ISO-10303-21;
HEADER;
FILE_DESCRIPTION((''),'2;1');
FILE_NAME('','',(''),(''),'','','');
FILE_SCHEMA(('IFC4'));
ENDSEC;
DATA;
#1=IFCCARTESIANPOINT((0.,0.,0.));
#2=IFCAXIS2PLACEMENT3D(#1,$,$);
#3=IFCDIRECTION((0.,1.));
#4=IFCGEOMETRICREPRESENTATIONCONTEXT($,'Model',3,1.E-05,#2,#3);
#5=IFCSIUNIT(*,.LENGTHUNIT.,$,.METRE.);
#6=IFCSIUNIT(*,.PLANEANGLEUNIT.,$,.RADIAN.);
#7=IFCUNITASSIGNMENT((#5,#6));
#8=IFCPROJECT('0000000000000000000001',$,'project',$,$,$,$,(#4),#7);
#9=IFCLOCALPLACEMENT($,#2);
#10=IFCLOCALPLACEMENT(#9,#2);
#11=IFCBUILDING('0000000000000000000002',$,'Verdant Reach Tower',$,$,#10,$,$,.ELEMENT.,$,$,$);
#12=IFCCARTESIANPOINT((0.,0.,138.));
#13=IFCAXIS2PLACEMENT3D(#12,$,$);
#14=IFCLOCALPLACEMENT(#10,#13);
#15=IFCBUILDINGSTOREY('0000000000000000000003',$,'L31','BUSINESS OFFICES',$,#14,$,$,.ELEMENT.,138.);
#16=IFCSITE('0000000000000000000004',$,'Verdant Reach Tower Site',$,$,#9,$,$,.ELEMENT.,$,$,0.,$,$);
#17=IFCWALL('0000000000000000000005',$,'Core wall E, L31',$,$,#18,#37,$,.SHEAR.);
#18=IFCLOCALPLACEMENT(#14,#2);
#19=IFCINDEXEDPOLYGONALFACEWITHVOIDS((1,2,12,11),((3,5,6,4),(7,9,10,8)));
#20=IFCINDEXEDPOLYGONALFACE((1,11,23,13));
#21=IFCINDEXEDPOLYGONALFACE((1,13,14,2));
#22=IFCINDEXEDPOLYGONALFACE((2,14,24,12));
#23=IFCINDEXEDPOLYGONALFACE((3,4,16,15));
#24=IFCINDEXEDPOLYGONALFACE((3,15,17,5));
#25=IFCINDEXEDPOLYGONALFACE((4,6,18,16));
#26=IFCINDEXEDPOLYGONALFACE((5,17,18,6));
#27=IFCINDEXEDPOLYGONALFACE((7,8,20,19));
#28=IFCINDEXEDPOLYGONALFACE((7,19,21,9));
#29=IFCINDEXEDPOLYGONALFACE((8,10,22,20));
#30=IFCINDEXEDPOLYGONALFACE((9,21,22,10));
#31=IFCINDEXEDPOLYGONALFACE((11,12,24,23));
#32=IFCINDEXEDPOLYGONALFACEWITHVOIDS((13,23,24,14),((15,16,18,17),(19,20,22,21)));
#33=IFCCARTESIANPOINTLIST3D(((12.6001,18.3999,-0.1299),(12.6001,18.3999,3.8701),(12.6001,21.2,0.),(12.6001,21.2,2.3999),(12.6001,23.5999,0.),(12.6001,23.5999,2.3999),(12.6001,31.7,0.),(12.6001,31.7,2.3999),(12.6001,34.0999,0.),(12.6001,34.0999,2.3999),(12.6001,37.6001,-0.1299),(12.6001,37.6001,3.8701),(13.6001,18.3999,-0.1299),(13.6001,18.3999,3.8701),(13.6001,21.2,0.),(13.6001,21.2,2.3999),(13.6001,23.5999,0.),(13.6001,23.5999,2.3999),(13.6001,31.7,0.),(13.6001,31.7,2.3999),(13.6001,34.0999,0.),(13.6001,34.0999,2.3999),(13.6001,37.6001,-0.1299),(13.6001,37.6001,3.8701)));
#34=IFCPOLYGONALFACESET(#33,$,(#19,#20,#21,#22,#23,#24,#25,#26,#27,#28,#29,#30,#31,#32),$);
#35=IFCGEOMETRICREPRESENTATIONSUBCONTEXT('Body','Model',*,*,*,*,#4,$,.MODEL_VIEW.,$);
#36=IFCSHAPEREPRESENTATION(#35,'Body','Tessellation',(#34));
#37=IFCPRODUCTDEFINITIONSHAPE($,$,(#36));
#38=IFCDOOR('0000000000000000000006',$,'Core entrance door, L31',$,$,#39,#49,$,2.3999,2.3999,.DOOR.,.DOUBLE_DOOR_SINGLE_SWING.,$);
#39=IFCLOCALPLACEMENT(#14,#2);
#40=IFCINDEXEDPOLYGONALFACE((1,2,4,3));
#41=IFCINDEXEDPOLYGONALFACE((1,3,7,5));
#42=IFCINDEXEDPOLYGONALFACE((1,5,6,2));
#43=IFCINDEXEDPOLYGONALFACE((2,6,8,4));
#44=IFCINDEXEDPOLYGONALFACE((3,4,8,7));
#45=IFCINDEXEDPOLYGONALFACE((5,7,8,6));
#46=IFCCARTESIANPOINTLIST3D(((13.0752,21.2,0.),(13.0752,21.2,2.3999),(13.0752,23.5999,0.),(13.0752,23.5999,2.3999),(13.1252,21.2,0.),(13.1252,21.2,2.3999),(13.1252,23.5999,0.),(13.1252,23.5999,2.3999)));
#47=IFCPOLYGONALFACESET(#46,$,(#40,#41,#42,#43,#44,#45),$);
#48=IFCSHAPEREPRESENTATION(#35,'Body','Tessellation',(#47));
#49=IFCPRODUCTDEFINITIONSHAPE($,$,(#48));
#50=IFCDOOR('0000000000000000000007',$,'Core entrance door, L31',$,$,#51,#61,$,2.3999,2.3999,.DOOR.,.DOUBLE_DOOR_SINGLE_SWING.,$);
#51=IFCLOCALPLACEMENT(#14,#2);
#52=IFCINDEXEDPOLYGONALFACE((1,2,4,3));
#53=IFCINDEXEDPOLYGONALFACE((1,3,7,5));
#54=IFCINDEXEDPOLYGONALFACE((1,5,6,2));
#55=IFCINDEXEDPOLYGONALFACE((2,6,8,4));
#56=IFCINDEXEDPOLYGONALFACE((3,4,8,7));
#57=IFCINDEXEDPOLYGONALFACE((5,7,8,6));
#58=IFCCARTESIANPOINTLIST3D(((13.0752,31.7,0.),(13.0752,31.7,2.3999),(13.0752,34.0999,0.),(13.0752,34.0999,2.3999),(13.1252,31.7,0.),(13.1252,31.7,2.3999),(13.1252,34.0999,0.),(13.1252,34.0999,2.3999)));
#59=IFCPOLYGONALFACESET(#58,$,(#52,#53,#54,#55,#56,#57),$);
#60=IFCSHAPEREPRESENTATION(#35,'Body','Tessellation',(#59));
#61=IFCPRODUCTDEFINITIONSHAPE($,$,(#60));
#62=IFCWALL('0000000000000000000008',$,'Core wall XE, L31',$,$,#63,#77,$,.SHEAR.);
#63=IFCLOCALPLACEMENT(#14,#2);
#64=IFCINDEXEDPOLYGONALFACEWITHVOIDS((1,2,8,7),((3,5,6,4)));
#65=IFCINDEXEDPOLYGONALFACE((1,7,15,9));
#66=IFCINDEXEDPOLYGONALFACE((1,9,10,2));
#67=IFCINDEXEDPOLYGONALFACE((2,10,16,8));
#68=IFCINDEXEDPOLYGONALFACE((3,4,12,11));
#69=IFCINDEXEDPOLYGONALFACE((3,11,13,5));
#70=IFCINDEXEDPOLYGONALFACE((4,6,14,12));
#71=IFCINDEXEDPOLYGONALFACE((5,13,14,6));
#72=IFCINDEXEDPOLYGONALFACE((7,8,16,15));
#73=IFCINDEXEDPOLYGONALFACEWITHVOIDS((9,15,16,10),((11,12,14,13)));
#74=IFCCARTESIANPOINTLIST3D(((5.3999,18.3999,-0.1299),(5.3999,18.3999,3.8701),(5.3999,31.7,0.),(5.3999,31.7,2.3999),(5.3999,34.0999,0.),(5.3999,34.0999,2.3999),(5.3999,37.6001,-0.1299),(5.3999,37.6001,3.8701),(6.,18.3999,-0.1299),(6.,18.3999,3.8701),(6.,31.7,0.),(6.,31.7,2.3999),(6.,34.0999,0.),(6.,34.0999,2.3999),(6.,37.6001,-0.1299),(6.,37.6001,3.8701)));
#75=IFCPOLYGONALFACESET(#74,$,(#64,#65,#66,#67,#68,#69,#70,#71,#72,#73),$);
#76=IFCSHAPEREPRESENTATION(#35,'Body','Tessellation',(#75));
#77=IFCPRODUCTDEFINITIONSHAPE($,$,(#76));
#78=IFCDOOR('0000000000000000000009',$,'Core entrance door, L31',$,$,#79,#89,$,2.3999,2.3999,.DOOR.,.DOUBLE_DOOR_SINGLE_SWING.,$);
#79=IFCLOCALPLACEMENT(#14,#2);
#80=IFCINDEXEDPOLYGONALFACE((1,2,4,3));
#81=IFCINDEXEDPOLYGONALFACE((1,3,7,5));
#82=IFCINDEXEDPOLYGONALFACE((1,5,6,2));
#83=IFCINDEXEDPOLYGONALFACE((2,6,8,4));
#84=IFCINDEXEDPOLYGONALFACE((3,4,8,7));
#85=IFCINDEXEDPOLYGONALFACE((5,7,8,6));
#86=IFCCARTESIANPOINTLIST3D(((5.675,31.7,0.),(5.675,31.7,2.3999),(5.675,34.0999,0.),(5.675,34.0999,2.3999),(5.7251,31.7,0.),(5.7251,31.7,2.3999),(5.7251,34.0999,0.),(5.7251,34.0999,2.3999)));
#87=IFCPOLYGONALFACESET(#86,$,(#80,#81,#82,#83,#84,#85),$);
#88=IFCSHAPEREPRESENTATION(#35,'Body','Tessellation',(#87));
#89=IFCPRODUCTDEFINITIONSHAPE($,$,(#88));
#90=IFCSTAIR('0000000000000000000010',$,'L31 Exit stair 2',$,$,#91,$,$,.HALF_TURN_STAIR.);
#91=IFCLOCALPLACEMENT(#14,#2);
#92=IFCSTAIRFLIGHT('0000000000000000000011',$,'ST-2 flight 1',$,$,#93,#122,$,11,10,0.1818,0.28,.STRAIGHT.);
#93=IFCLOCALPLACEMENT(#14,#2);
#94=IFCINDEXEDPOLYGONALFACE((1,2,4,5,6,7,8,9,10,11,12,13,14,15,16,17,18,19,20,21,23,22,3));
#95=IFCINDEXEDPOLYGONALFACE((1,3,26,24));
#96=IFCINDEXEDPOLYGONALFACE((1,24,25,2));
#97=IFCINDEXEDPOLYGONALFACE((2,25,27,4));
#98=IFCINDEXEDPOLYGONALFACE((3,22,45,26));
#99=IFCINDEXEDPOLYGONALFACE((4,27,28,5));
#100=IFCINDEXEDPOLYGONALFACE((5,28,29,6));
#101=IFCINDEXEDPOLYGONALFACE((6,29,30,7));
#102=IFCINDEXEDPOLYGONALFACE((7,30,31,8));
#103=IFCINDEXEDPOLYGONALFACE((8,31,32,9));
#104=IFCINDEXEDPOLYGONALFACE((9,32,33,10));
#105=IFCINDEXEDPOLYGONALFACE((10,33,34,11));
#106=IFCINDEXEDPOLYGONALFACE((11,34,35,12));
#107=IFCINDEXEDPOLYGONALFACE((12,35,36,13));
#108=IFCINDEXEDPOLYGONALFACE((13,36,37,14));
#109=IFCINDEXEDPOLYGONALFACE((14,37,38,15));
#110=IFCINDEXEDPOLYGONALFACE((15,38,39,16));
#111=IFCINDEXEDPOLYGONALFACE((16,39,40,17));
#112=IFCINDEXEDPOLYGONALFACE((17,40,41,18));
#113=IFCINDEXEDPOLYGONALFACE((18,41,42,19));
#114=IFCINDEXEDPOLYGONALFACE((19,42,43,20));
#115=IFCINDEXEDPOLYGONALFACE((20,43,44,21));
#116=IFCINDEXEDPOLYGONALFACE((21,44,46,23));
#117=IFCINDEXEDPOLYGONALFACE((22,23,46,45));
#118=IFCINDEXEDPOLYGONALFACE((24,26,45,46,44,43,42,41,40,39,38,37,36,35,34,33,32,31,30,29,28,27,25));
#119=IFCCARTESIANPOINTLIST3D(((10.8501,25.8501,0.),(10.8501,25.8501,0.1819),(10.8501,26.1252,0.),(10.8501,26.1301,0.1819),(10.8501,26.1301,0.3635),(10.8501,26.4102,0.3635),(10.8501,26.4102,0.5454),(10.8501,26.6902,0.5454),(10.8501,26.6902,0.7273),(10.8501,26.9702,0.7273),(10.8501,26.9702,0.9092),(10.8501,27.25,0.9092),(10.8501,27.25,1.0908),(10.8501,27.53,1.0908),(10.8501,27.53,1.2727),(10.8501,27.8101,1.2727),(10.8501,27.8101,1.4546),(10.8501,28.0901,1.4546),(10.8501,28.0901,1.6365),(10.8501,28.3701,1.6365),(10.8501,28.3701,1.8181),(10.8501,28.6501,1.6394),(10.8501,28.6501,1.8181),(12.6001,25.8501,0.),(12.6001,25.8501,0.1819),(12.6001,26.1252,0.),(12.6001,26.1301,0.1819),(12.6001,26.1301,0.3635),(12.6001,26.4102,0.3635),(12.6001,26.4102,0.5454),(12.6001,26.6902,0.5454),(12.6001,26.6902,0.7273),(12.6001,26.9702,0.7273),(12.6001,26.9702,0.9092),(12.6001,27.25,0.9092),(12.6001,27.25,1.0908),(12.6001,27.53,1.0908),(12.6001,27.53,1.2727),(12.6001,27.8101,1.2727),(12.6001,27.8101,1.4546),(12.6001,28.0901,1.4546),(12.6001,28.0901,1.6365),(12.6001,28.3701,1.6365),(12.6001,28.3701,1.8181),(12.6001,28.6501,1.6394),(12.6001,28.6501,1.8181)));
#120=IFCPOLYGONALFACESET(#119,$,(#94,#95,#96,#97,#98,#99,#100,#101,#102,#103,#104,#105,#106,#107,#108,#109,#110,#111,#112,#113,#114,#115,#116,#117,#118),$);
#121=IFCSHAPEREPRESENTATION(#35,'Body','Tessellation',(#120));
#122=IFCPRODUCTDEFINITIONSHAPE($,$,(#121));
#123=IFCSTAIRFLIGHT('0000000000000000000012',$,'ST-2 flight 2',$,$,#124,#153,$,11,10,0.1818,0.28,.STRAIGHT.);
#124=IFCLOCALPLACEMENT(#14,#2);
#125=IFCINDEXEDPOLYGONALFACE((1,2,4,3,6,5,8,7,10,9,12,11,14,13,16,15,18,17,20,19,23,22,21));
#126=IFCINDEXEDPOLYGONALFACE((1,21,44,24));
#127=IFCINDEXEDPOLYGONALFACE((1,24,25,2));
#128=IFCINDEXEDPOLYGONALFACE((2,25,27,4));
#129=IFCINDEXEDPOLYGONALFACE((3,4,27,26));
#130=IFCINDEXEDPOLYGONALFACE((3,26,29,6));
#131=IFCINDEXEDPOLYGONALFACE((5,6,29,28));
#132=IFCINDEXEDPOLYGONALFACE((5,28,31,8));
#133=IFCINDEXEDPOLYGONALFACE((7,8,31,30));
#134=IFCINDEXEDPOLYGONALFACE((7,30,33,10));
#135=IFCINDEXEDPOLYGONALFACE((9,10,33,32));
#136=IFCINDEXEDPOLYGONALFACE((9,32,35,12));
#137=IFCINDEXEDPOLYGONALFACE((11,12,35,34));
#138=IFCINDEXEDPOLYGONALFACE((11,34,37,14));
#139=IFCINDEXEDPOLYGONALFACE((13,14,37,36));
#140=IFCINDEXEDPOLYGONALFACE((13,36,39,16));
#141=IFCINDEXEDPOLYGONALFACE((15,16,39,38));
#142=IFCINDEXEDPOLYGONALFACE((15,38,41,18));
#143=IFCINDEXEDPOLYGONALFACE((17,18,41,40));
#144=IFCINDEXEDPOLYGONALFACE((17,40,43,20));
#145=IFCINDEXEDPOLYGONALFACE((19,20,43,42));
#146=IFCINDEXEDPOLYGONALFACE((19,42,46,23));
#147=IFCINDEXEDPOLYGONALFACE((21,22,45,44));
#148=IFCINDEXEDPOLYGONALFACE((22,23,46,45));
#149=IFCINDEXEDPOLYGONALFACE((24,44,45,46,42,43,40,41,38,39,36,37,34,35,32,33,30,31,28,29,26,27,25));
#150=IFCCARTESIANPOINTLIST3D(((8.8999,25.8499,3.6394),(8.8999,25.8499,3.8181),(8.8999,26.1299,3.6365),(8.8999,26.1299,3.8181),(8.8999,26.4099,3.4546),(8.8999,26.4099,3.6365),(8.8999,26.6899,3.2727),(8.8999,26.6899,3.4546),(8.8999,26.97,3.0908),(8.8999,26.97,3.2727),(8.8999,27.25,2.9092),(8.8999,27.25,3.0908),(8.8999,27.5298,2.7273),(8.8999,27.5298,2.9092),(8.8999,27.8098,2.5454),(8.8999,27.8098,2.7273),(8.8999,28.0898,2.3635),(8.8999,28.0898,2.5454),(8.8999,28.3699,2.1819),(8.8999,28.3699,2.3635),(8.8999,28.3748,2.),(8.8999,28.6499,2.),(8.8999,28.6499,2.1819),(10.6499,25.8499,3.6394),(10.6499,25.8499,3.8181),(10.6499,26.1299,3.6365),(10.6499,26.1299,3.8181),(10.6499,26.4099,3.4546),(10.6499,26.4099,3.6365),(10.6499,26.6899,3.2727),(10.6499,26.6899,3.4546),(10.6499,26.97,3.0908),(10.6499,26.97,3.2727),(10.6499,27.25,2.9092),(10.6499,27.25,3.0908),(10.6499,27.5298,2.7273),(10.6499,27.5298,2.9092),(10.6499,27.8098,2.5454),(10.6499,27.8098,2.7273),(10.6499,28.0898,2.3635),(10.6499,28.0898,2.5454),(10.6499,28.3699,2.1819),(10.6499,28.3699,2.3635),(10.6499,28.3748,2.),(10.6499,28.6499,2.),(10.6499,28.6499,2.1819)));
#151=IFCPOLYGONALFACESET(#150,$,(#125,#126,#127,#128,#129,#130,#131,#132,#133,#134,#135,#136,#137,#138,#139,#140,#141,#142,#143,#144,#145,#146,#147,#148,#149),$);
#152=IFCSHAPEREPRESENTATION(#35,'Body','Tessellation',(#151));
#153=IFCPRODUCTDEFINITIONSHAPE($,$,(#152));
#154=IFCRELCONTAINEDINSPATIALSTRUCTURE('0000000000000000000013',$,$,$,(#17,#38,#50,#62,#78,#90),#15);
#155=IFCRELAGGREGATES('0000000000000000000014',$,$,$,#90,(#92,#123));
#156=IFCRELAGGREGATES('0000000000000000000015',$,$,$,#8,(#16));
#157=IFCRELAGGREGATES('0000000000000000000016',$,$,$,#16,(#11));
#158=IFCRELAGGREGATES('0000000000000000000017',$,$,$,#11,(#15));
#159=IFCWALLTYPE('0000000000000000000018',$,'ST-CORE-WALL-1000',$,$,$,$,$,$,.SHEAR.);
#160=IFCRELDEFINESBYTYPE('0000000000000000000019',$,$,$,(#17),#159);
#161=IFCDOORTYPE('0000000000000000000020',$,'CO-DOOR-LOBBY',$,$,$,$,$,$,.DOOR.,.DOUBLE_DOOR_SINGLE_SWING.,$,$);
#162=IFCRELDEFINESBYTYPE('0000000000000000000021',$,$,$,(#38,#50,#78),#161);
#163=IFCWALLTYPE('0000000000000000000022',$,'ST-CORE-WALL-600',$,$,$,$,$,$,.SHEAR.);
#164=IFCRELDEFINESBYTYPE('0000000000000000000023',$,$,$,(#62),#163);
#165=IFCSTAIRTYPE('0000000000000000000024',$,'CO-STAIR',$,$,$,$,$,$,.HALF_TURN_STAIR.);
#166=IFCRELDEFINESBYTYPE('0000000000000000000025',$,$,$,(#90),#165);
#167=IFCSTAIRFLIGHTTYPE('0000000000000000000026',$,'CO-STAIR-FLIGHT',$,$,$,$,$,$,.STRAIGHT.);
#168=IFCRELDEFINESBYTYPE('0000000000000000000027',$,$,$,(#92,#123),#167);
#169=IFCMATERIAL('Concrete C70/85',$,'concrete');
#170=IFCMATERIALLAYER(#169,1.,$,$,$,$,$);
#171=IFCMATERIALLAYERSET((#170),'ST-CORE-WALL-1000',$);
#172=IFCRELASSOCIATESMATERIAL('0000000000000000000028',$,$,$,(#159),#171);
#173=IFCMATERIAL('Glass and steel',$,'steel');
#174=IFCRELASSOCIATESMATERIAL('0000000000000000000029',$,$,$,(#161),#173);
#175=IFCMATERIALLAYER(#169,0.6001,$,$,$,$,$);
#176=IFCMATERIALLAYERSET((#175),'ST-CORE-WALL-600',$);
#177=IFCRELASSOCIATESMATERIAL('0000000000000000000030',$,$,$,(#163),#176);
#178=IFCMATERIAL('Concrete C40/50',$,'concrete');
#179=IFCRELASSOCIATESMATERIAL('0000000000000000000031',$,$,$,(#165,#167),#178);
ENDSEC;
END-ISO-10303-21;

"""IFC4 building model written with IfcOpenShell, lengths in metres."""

from ifc_helpers import new_model, si_unit, direction, frame, frame_2d, origin, place, context, subcontext, project, spatial, polyline, rectangle, outline, extrude, material, layer, layer_set, type_object, element, fill, aggregate, save


model = new_model("IFC4")

# Units and contexts
model_context = context("Model", 3, precision=1e-05, world=origin(), true_north=direction((0.0, 1.0)))
body_context = subcontext(model_context, "Body", "Model", "MODEL_VIEW")
ifc_project = project(units=[si_unit("LENGTHUNIT", "METRE"), si_unit("PLANEANGLEUNIT", "RADIAN")], contexts=[model_context])

# Site, building, storey
site_placement = place(None, origin())
site = spatial("IfcSite", under=ifc_project, at=site_placement, Name="Verdant Reach Tower Site", CompositionType="ELEMENT", RefElevation=0.0)
building_placement = place(site_placement, origin())
building = spatial("IfcBuilding", under=site, at=building_placement, Name="Verdant Reach Tower", CompositionType="ELEMENT")
storey_placement = place(building_placement, frame((0.0, 0.0, 138.0)))
storey = spatial("IfcBuildingStorey", under=building, at=storey_placement, Name="L31", Description="BUSINESS OFFICES", CompositionType="ELEMENT", Elevation=138.0)

# Shared definitions
ifc_material_1 = material(Name="Concrete C40/50", Category="concrete")

# Wall, openings, doors
ifc_material_2 = material(Name="Concrete C70/85", Category="concrete")
ifc_layer_1 = layer(ifc_material_2, 1.0)
ifc_layer_set_1 = layer_set([ifc_layer_1], Name="ST-CORE-WALL-1000")
wall_type_1 = type_object("IfcWallType", Name="ST-CORE-WALL-1000", PredefinedType="SHEAR", material=ifc_layer_set_1)
wall_1_placement = place(storey_placement, frame((13.1001, 18.3999, -0.1299), z_axis=(0.0, 0.0, 1.0), x_axis=(0.0, 1.0, 0.0)))
wall_1 = element("IfcWall", 1, at=wall_1_placement, inside=storey, type_object=wall_type_1, Name="Core wall E, L31", PredefinedType="SHEAR", context=body_context, shape_type="SweptSolid", body=[
    extrude(rectangle(XDim=19.2002, YDim=1.0, at=frame_2d((9.6001, 0.0))), origin(), (0.0, 0.0, 1.0), 4.0),
])
opening_1_placement = place(wall_1_placement, frame((2.8, 0.0, 0.1299)))
opening_1 = element("IfcOpeningElement", 2, at=opening_1_placement, cuts=wall_1, PredefinedType="OPENING", context=body_context, shape_type="SweptSolid", body=[
    extrude(rectangle(XDim=2.3999, YDim=2.3999, at=frame_2d((1.2, 1.2))), frame((0.0, 0.51, 0.0), z_axis=(0.0, -1.0, 0.0), x_axis=(1.0, 0.0, 0.0)), (0.0, 0.0, 1.0), 1.02),
])
opening_2_placement = place(wall_1_placement, frame((13.3, 0.0, 0.1299)))
opening_2 = element("IfcOpeningElement", 3, at=opening_2_placement, cuts=wall_1, PredefinedType="OPENING", context=body_context, shape_type="SweptSolid", body=[
    extrude(rectangle(XDim=2.3999, YDim=2.3999, at=frame_2d((1.2, 1.2))), frame((0.0, 0.51, 0.0), z_axis=(0.0, -1.0, 0.0), x_axis=(1.0, 0.0, 0.0)), (0.0, 0.0, 1.0), 1.02),
])
ifc_material_3 = material(Name="Glass and steel", Category="steel")
door_type_1 = type_object("IfcDoorType", Name="CO-DOOR-LOBBY", OperationType="DOUBLE_DOOR_SINGLE_SWING", PredefinedType="DOOR", material=ifc_material_3)
door_1_placement = place(opening_1_placement, origin())
door_1 = element("IfcDoor", 4, at=door_1_placement, inside=storey, type_object=door_type_1, Name="Core entrance door, L31", OperationType="DOUBLE_DOOR_SINGLE_SWING", OverallHeight=2.3999, OverallWidth=2.3999, PredefinedType="DOOR", context=body_context, shape_type="SweptSolid", body=[
    extrude(rectangle(XDim=2.3999, YDim=2.3999, at=frame_2d((1.2, 1.2))), frame((0.0, 0.0249, 0.0), z_axis=(0.0, -1.0, 0.0), x_axis=(1.0, 0.0, 0.0)), (0.0, 0.0, 1.0), 0.05),
])
fill(opening_1, door_1)
door_2_placement = place(opening_2_placement, origin())
door_2 = element("IfcDoor", 5, at=door_2_placement, inside=storey, type_object=door_type_1, Name="Core entrance door, L31", OperationType="DOUBLE_DOOR_SINGLE_SWING", OverallHeight=2.3999, OverallWidth=2.3999, PredefinedType="DOOR", context=body_context, shape_type="SweptSolid", body=[
    extrude(rectangle(XDim=2.3999, YDim=2.3999, at=frame_2d((1.2, 1.2))), frame((0.0, 0.0249, 0.0), z_axis=(0.0, -1.0, 0.0), x_axis=(1.0, 0.0, 0.0)), (0.0, 0.0, 1.0), 0.05),
])
fill(opening_2, door_2)

# Wall, opening, door
ifc_layer_2 = layer(ifc_material_2, 0.6001)
ifc_layer_set_2 = layer_set([ifc_layer_2], Name="ST-CORE-WALL-600")
wall_type_2 = type_object("IfcWallType", Name="ST-CORE-WALL-600", PredefinedType="SHEAR", material=ifc_layer_set_2)
wall_2_placement = place(storey_placement, frame((5.7, 18.3999, -0.1299), z_axis=(0.0, 0.0, 1.0), x_axis=(0.0, 1.0, 0.0)))
wall_2 = element("IfcWall", 6, at=wall_2_placement, inside=storey, type_object=wall_type_2, Name="Core wall XE, L31", PredefinedType="SHEAR", context=body_context, shape_type="SweptSolid", body=[
    extrude(rectangle(XDim=19.2002, YDim=0.6001, at=frame_2d((9.6001, 0.0))), origin(), (0.0, 0.0, 1.0), 4.0),
])
opening_3_placement = place(wall_2_placement, frame((13.3, 0.0, 0.1299)))
opening_3 = element("IfcOpeningElement", 7, at=opening_3_placement, cuts=wall_2, PredefinedType="OPENING", context=body_context, shape_type="SweptSolid", body=[
    extrude(rectangle(XDim=2.3999, YDim=2.3999, at=frame_2d((1.2, 1.2))), frame((0.0, 0.3101, 0.0), z_axis=(0.0, -1.0, 0.0), x_axis=(1.0, 0.0, 0.0)), (0.0, 0.0, 1.0), 0.6201),
])
door_3_placement = place(opening_3_placement, origin())
door_3 = element("IfcDoor", 8, at=door_3_placement, inside=storey, type_object=door_type_1, Name="Core entrance door, L31", OperationType="DOUBLE_DOOR_SINGLE_SWING", OverallHeight=2.3999, OverallWidth=2.3999, PredefinedType="DOOR", context=body_context, shape_type="SweptSolid", body=[
    extrude(rectangle(XDim=2.3999, YDim=2.3999, at=frame_2d((1.2, 1.2))), frame((0.0, 0.0249, 0.0), z_axis=(0.0, -1.0, 0.0), x_axis=(1.0, 0.0, 0.0)), (0.0, 0.0, 1.0), 0.05),
])
fill(opening_3, door_3)

# Stair, stair flights
stair_type = type_object("IfcStairType", Name="CO-STAIR", PredefinedType="HALF_TURN_STAIR", material=ifc_material_1)
stair_placement = place(storey_placement, origin())
stair = element("IfcStair", 9, at=stair_placement, inside=storey, type_object=stair_type, Name="L31 Exit stair 2", PredefinedType="HALF_TURN_STAIR")
stair_flight_type = type_object("IfcStairFlightType", Name="CO-STAIR-FLIGHT", PredefinedType="STRAIGHT", material=ifc_material_1)
stair_flight_1_placement = place(storey_placement, frame((11.7251, 25.8501, 0.0), z_axis=(0.0, 0.0, 1.0), x_axis=(0.0, 1.0, 0.0)))
stair_flight_1 = element("IfcStairFlight", 10, at=stair_flight_1_placement, type_object=stair_flight_type, Name="ST-2 flight 1", NumberOfRisers=11, NumberOfTreads=10, PredefinedType="STRAIGHT", RiserHeight=0.1818, TreadLength=0.28, context=body_context, shape_type="SweptSolid", body=[
    extrude(outline(polyline([(0.0, 0.0), (0.0, 0.1819), (0.28, 0.1819), (0.28, 0.3635), (0.5601, 0.3635), (0.5601, 0.5454), (0.8401, 0.5454), (0.8401, 0.7273), (1.1201, 0.7273), (1.1201, 0.9092), (1.3999, 0.9092), (1.3999, 1.0908), (1.6799, 1.0908), (1.6799, 1.2727), (1.96, 1.2727), (1.96, 1.4546), (2.24, 1.4546), (2.24, 1.6365), (2.52, 1.6365), (2.52, 1.8181), (2.8, 1.8181), (2.8, 2.0), (2.8, 1.6394), (0.2751, 0.0), (0.0, 0.0)])), frame((0.0, 0.875, 0.0), z_axis=(0.0, -1.0, 0.0), x_axis=(1.0, 0.0, 0.0)), (0.0, 0.0, 1.0), 1.75),
])
stair_flight_2_placement = place(storey_placement, frame((9.7749, 28.6499, 2.0), z_axis=(0.0, 0.0, 1.0), x_axis=(0.0, -1.0, 0.0)))
stair_flight_2 = element("IfcStairFlight", 11, at=stair_flight_2_placement, type_object=stair_flight_type, Name="ST-2 flight 2", NumberOfRisers=11, NumberOfTreads=10, PredefinedType="STRAIGHT", RiserHeight=0.1818, TreadLength=0.28, context=body_context, shape_type="SweptSolid", body=[
    extrude(outline(polyline([(0.0, 0.0), (0.0, 0.1819), (0.28, 0.1819), (0.28, 0.3635), (0.5601, 0.3635), (0.5601, 0.5454), (0.8401, 0.5454), (0.8401, 0.7273), (1.1201, 0.7273), (1.1201, 0.9092), (1.3999, 0.9092), (1.3999, 1.0908), (1.6799, 1.0908), (1.6799, 1.2727), (1.96, 1.2727), (1.96, 1.4546), (2.24, 1.4546), (2.24, 1.6365), (2.52, 1.6365), (2.52, 1.8181), (2.8, 1.8181), (2.8, 2.0), (2.8, 1.6394), (0.2751, 0.0), (0.0, 0.0)])), frame((0.0, 0.875, 0.0), z_axis=(0.0, -1.0, 0.0), x_axis=(1.0, 0.0, 0.0)), (0.0, 0.0, 1.0), 1.75),
])
aggregate(stair, [stair_flight_1, stair_flight_2])

save(model, "model.ifc")
